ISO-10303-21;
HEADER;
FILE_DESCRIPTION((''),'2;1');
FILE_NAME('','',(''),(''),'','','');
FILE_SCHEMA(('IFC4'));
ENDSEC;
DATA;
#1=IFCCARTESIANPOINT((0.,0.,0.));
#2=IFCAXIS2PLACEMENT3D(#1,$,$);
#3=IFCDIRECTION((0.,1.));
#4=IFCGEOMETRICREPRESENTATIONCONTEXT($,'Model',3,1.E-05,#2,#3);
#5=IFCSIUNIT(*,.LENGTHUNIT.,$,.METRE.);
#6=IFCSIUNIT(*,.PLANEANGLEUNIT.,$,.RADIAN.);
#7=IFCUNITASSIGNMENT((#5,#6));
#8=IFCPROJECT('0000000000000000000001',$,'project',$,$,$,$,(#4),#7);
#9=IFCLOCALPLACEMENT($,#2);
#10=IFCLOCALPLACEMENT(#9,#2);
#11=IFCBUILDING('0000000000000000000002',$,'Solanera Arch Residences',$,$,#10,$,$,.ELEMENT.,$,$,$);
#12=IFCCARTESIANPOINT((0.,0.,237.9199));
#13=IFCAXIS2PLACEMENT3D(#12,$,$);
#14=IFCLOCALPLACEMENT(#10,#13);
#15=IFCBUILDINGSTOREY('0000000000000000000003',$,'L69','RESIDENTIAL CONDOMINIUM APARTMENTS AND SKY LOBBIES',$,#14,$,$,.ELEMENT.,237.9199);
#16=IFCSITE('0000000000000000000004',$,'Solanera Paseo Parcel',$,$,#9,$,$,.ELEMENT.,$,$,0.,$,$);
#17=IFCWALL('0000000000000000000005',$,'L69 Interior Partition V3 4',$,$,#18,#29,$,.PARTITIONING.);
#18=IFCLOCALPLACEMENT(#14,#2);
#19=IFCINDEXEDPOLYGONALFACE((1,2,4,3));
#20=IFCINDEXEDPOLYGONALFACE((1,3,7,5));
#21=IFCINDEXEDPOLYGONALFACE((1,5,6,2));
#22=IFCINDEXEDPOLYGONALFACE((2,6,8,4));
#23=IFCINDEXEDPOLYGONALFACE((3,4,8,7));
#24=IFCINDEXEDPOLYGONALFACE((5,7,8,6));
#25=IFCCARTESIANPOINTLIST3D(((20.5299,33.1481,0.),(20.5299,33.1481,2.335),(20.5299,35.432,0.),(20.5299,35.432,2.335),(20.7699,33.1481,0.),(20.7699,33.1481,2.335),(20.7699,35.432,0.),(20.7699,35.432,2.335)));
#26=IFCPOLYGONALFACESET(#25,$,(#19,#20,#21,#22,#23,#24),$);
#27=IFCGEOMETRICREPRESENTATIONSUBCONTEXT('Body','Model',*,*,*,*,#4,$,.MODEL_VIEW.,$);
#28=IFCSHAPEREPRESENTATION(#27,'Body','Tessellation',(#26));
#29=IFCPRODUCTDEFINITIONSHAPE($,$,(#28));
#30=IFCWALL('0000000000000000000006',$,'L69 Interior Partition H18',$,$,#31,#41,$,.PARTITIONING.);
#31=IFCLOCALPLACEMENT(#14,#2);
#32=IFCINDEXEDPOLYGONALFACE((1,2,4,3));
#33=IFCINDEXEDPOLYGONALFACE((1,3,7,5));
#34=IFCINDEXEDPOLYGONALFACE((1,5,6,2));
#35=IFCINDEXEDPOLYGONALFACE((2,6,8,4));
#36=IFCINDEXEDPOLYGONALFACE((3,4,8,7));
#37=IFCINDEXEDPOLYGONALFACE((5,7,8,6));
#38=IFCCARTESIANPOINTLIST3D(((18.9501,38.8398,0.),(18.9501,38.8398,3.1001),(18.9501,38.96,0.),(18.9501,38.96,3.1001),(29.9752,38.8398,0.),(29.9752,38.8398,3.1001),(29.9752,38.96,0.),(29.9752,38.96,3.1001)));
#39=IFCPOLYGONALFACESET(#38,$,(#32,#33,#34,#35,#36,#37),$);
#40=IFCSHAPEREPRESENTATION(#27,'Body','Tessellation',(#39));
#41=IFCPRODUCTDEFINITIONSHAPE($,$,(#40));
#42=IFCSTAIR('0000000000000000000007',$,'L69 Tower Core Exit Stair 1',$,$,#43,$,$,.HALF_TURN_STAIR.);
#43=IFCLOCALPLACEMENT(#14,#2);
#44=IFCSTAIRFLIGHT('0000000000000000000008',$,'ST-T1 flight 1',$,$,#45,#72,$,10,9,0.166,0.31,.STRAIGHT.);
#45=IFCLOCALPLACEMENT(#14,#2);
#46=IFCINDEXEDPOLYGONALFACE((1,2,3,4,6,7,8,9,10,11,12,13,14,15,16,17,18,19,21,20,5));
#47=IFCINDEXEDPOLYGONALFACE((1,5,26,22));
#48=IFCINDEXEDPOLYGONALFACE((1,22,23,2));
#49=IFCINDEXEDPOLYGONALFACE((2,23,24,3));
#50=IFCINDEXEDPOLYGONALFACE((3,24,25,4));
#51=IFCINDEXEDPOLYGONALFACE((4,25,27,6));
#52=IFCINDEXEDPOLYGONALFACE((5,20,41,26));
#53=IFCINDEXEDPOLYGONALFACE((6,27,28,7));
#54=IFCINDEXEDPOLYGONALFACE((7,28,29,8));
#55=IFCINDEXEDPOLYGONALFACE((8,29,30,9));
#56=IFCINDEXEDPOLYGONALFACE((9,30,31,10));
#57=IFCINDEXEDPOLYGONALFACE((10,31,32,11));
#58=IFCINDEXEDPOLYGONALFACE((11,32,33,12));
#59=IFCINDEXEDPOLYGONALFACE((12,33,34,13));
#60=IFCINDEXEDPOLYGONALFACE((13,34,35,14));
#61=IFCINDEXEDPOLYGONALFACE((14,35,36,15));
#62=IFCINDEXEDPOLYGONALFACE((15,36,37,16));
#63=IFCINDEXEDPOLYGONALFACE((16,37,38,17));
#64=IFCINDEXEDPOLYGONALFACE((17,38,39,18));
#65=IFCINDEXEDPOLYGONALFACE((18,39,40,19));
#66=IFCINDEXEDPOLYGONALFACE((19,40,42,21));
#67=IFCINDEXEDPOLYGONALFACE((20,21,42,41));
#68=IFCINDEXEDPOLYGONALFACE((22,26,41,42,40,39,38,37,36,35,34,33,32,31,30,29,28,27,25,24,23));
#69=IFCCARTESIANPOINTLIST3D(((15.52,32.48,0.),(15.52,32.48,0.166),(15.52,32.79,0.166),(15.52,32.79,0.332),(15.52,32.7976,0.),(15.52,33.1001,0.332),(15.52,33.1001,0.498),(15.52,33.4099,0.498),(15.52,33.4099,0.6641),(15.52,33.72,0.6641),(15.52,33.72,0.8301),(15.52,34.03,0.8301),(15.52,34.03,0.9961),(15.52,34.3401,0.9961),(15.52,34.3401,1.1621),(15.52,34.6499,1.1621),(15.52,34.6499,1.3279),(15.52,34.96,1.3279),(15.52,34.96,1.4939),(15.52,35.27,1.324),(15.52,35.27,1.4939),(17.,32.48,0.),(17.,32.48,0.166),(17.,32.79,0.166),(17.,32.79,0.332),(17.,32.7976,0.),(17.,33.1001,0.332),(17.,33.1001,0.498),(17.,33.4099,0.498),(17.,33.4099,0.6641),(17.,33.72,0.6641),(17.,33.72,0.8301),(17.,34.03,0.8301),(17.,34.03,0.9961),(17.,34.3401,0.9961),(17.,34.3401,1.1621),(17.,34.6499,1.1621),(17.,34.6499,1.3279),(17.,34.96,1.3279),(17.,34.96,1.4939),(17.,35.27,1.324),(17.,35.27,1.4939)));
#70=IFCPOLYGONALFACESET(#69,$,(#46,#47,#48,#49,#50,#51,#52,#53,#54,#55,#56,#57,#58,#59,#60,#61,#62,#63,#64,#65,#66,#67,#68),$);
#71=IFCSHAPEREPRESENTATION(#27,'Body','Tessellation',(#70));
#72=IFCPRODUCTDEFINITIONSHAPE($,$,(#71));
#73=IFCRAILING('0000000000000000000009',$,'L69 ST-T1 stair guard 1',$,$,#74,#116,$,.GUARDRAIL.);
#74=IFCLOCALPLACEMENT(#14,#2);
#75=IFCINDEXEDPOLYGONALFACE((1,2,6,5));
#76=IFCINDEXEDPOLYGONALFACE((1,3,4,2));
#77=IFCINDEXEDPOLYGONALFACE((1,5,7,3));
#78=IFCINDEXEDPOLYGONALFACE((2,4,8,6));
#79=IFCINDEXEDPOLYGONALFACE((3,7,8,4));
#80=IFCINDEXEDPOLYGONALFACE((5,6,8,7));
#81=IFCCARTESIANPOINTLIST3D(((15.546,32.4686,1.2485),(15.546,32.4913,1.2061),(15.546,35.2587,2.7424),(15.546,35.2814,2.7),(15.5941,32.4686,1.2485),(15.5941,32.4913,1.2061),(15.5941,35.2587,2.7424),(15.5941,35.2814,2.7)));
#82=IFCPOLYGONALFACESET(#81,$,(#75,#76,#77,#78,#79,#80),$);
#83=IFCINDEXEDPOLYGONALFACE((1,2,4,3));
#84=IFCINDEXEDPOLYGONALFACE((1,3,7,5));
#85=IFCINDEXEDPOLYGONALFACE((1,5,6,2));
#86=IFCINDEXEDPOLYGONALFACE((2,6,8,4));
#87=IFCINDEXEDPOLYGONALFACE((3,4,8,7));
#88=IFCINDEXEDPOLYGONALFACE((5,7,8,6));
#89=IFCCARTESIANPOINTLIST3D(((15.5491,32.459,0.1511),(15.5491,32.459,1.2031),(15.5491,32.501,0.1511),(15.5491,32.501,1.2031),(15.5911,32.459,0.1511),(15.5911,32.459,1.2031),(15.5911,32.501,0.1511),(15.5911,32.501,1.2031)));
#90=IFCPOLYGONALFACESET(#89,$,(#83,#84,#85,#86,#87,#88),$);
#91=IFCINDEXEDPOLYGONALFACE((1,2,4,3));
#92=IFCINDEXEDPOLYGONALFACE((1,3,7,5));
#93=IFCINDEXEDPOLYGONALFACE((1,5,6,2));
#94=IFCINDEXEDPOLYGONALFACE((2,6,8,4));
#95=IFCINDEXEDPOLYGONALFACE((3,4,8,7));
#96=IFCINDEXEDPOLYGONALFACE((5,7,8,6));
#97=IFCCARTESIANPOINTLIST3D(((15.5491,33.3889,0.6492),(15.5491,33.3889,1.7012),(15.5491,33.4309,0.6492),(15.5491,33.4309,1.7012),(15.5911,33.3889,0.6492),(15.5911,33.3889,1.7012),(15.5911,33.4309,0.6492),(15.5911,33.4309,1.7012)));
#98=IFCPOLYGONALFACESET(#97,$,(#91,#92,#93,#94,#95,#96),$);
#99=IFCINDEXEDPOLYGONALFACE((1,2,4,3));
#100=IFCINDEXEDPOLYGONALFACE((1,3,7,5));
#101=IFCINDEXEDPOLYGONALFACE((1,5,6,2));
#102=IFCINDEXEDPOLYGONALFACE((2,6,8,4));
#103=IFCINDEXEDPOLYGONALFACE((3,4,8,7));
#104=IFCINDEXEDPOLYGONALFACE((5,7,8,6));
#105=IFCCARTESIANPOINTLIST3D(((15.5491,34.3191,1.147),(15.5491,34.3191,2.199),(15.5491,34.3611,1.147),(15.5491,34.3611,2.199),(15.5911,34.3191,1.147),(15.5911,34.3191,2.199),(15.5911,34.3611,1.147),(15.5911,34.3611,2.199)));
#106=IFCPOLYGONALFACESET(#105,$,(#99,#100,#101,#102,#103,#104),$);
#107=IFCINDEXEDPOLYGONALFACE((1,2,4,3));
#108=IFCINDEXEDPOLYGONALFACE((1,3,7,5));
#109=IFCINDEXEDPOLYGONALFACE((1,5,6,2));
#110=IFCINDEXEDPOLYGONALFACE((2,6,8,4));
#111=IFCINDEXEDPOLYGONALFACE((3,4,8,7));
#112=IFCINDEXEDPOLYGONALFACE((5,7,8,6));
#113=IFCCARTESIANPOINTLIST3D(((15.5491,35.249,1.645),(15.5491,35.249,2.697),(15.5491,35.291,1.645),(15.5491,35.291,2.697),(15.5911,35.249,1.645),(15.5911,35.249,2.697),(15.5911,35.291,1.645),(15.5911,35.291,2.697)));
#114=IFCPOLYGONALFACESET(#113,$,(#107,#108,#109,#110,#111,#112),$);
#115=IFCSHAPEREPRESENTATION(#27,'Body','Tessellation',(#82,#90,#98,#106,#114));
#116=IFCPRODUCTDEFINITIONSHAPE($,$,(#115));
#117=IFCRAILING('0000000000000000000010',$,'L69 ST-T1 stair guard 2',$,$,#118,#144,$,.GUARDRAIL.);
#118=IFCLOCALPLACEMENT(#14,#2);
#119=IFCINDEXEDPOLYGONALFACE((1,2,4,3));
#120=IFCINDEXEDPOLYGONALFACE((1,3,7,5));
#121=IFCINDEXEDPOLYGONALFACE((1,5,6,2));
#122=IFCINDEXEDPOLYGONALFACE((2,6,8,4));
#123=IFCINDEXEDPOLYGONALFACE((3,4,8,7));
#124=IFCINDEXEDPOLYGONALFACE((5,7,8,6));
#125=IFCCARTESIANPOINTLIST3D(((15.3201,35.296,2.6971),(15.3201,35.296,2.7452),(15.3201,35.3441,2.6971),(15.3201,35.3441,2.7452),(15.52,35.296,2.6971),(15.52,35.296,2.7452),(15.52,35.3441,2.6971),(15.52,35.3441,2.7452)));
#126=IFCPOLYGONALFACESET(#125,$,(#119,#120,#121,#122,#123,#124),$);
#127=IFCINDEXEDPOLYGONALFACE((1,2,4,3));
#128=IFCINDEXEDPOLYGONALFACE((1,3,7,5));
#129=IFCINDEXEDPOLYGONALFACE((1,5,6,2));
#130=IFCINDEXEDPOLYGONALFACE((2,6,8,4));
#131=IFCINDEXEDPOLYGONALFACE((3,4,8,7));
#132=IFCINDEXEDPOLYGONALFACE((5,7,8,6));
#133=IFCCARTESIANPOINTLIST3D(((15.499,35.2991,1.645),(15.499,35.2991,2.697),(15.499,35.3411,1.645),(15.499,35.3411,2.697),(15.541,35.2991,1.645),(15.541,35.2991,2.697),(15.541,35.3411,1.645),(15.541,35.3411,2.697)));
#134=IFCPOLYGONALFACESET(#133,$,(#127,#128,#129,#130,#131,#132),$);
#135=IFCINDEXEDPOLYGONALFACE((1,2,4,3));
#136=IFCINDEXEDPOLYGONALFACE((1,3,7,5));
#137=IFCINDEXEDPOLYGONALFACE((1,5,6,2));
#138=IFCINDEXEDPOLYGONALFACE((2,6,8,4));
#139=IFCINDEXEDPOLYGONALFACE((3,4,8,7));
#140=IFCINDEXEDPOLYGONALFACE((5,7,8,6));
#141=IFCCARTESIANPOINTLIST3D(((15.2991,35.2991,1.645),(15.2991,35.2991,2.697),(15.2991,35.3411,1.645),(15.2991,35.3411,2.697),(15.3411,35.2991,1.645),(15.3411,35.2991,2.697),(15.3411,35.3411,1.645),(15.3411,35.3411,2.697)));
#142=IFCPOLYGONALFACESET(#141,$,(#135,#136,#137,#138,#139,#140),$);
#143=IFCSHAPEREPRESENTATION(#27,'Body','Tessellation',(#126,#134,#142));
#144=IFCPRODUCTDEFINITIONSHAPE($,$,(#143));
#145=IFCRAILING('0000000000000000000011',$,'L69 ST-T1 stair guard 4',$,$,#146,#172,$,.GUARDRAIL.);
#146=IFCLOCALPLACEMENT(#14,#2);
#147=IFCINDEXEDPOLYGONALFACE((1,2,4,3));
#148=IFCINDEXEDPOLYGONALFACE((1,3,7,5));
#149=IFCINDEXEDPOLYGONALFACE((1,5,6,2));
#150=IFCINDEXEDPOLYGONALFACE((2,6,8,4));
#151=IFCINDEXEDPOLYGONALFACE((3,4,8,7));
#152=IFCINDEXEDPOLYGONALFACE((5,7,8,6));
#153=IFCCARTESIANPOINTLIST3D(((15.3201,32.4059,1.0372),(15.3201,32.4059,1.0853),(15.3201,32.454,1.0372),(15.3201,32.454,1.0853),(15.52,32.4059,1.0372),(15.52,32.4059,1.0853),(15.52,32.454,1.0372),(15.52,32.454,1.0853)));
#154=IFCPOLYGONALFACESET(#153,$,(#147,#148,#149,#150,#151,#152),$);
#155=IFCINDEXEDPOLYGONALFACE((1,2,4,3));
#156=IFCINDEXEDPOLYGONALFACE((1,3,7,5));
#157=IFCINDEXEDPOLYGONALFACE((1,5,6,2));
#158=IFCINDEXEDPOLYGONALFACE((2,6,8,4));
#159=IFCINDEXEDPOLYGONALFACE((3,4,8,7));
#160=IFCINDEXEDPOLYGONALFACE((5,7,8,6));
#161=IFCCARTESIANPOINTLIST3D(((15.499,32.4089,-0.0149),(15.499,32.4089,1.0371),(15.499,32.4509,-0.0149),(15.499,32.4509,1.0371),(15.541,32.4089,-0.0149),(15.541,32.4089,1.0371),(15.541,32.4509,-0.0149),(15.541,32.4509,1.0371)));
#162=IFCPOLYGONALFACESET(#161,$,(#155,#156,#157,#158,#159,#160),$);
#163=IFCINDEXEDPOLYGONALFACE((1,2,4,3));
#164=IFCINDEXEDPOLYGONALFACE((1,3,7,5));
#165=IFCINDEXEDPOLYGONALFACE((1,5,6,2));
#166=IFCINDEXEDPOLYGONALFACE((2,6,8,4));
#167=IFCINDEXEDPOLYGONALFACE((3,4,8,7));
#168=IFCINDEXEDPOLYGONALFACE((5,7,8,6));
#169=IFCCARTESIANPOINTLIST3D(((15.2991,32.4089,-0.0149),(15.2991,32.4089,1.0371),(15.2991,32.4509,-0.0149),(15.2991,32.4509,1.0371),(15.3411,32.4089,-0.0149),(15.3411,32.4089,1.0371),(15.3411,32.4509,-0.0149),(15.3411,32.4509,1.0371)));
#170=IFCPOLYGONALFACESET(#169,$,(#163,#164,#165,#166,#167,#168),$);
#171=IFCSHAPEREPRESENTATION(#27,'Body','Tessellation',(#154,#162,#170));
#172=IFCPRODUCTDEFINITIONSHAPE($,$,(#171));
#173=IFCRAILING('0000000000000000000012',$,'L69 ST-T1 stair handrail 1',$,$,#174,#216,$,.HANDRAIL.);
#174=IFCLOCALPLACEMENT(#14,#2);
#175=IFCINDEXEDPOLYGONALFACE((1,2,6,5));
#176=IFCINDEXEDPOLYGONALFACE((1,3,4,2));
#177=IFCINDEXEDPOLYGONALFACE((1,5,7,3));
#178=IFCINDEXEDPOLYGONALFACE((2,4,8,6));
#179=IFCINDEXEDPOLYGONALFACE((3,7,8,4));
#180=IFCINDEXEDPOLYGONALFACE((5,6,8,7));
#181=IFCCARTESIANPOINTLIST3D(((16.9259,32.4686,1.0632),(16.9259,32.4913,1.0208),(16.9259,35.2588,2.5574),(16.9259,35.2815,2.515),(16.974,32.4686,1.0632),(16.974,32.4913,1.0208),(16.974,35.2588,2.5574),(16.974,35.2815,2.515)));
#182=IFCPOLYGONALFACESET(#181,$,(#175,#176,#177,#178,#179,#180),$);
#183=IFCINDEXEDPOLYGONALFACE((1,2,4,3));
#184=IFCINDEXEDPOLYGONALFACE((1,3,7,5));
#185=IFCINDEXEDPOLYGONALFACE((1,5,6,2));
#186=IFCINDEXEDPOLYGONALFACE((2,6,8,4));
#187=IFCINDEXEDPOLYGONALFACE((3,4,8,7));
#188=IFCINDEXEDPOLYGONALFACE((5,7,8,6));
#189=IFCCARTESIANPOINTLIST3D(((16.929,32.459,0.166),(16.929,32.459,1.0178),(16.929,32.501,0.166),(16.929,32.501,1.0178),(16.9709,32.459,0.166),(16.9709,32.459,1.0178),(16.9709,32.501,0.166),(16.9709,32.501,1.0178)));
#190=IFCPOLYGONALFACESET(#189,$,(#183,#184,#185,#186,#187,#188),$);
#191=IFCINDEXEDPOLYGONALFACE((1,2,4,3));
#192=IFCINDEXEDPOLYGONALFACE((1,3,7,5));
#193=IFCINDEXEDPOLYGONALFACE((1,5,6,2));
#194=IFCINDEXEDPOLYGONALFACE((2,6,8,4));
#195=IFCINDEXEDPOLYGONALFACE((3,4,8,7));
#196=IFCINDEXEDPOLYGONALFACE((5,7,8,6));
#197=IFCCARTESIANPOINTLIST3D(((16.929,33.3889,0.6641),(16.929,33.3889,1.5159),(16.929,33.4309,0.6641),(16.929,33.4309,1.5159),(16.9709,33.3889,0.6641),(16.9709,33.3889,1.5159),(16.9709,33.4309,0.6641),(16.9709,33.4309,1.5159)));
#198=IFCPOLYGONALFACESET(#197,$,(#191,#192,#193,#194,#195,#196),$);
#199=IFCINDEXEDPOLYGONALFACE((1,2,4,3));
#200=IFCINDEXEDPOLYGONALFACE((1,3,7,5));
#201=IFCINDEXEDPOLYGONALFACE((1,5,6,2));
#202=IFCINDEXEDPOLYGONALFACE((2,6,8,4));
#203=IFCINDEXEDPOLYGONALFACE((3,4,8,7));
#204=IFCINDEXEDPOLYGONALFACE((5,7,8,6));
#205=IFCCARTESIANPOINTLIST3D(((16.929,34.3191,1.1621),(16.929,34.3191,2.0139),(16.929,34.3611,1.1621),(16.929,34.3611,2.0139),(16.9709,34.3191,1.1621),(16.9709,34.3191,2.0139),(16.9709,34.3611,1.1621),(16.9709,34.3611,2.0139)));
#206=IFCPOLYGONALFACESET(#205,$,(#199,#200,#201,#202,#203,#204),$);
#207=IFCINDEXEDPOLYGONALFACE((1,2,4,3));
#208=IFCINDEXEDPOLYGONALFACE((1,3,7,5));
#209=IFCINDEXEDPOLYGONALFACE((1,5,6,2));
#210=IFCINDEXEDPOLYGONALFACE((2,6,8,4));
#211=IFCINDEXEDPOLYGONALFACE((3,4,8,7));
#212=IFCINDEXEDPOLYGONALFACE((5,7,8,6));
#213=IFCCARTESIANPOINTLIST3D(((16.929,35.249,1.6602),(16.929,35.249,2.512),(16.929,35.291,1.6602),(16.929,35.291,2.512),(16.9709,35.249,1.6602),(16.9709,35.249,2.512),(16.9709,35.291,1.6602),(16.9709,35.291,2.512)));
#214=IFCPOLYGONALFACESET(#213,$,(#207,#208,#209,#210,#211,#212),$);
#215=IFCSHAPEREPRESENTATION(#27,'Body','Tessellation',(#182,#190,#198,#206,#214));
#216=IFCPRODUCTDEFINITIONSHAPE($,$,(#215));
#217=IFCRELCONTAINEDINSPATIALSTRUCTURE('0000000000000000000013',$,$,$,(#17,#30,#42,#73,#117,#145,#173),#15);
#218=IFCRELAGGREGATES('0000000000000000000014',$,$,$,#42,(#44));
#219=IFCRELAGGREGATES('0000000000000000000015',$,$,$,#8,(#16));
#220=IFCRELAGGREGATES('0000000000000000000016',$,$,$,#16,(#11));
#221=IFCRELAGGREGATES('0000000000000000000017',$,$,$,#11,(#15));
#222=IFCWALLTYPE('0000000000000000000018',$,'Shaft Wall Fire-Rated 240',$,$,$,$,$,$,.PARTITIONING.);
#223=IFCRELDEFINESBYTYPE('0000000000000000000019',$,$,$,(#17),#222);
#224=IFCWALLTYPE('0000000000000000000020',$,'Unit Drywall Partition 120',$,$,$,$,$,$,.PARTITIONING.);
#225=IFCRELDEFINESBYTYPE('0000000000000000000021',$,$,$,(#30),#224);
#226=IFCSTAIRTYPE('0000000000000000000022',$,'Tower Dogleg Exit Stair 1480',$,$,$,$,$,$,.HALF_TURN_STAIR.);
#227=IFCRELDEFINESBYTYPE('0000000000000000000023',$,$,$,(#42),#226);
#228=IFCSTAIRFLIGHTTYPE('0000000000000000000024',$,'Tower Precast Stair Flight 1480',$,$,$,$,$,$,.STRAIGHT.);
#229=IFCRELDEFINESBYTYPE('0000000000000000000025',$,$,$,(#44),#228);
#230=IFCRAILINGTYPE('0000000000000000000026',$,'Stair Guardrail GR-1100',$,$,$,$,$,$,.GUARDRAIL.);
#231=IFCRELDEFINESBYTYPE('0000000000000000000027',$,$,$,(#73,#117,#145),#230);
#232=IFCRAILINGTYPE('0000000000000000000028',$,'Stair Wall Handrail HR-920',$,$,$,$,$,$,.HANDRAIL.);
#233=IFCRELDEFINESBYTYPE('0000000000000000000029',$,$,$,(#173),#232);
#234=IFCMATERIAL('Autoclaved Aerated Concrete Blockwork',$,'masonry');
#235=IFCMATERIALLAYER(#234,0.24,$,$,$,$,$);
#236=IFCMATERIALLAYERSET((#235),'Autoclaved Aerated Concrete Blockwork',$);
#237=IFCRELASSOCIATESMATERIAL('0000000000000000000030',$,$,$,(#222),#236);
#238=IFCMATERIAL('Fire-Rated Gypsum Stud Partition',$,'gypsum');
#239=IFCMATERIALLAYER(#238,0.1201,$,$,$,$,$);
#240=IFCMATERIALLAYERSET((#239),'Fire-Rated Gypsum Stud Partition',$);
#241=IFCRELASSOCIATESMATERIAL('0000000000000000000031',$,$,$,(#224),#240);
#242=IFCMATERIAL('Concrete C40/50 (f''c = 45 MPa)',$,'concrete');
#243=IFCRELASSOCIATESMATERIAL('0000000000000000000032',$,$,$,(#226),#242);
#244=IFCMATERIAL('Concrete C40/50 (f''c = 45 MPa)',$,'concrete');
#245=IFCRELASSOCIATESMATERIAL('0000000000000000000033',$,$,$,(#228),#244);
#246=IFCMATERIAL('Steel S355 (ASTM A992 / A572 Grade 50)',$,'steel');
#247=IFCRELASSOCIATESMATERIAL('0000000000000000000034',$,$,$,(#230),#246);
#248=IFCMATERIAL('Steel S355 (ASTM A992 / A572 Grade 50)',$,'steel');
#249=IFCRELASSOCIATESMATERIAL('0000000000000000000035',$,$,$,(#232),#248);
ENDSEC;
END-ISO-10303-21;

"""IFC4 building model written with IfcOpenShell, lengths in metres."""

from ifc_helpers import new_model, si_unit, direction, frame, frame_2d, origin, origin_2d, place, context, subcontext, project, spatial, polyline, rectangle, outline, extrude, material, layer, layer_set, type_object, element, aggregate, save


model = new_model("IFC4")

# Units and contexts
model_context = context("Model", 3, precision=1e-05, world=origin(), true_north=direction((0.0, 1.0)))
body_context = subcontext(model_context, "Body", "Model", "MODEL_VIEW")
ifc_project = project(units=[si_unit("LENGTHUNIT", "METRE"), si_unit("PLANEANGLEUNIT", "RADIAN")], contexts=[model_context])

# Site, building, storey
site_placement = place(None, origin())
site = spatial("IfcSite", under=ifc_project, at=site_placement, Name="Solanera Paseo Parcel", CompositionType="ELEMENT", RefElevation=0.0)
building_placement = place(site_placement, origin())
building = spatial("IfcBuilding", under=site, at=building_placement, Name="Solanera Arch Residences", CompositionType="ELEMENT")
storey_placement = place(building_placement, frame((0.0, 0.0, 237.9199)))
storey = spatial("IfcBuildingStorey", under=building, at=storey_placement, Name="L69", Description="RESIDENTIAL CONDOMINIUM APARTMENTS AND SKY LOBBIES", CompositionType="ELEMENT", Elevation=237.9199)

# Shared definitions
ifc_material_1 = material(Name="Autoclaved Aerated Concrete Blockwork", Category="masonry")
ifc_layer_1 = layer(ifc_material_1, 0.24)
ifc_layer_set_1 = layer_set([ifc_layer_1], Name="Autoclaved Aerated Concrete Blockwork")
wall_type_1 = type_object("IfcWallType", Name="Shaft Wall Fire-Rated 240", PredefinedType="PARTITIONING", material=ifc_layer_set_1)

# Walls
wall_1_placement = place(storey_placement, frame((20.6499, 33.1479, 0.0), z_axis=(0.0, 0.0, 1.0), x_axis=(0.0, 1.0, 0.0)))
element("IfcWall", 1, at=wall_1_placement, inside=storey, type_object=wall_type_1, Name="L69 Interior Partition V3 4", PredefinedType="PARTITIONING", context=body_context, shape_type="SweptSolid", body=[
    extrude(rectangle(XDim=2.2839, YDim=0.24, at=frame_2d((1.1421, 0.0))), origin(), (0.0, 0.0, 1.0), 2.335),
])
ifc_material_2 = material(Name="Fire-Rated Gypsum Stud Partition", Category="gypsum")
ifc_layer_2 = layer(ifc_material_2, 0.1201)
ifc_layer_set_2 = layer_set([ifc_layer_2], Name="Fire-Rated Gypsum Stud Partition")
wall_type_2 = type_object("IfcWallType", Name="Unit Drywall Partition 120", PredefinedType="PARTITIONING", material=ifc_layer_set_2)
wall_2_placement = place(storey_placement, frame((18.95, 38.8999, 0.0), z_axis=(0.0, 0.0, 1.0), x_axis=(1.0, 0.0, 0.0)))
element("IfcWall", 2, at=wall_2_placement, inside=storey, type_object=wall_type_2, Name="L69 Interior Partition H18", PredefinedType="PARTITIONING", context=body_context, shape_type="SweptSolid", body=[
    extrude(rectangle(XDim=11.0251, YDim=0.1201, at=frame_2d((5.5127, 0.0))), origin(), (0.0, 0.0, 1.0), 3.1001),
])

# Stair, stair flight
ifc_material_3 = material(Name="Concrete C40/50 (f'c = 45 MPa)", Category="concrete")
stair_type = type_object("IfcStairType", Name="Tower Dogleg Exit Stair 1480", PredefinedType="HALF_TURN_STAIR", material=ifc_material_3)
stair_placement = place(storey_placement, origin())
stair = element("IfcStair", 3, at=stair_placement, inside=storey, type_object=stair_type, Name="L69 Tower Core Exit Stair 1", PredefinedType="HALF_TURN_STAIR")
ifc_material_4 = material(Name="Concrete C40/50 (f'c = 45 MPa)", Category="concrete")
stair_flight_type = type_object("IfcStairFlightType", Name="Tower Precast Stair Flight 1480", PredefinedType="STRAIGHT", material=ifc_material_4)
stair_flight_placement = place(storey_placement, frame((16.26, 32.48, 0.0), z_axis=(0.0, 0.0, 1.0), x_axis=(0.0, 1.0, 0.0)))
stair_flight = element("IfcStairFlight", 4, at=stair_flight_placement, type_object=stair_flight_type, Name="ST-T1 flight 1", NumberOfRisers=10, NumberOfTreads=9, PredefinedType="STRAIGHT", RiserHeight=0.166, TreadLength=0.31, context=body_context, shape_type="SweptSolid", body=[
    extrude(outline(polyline([(0.0, 0.0), (0.0, 0.166), (0.3101, 0.166), (0.3101, 0.332), (0.6201, 0.332), (0.6201, 0.498), (0.9299, 0.498), (0.9299, 0.6641), (1.24, 0.6641), (1.24, 0.8301), (1.55, 0.8301), (1.55, 0.9961), (1.8601, 0.9961), (1.8601, 1.1621), (2.1699, 1.1621), (2.1699, 1.3279), (2.48, 1.3279), (2.48, 1.4939), (2.79, 1.4939), (2.79, 1.6599), (2.79, 1.324), (0.3176, 0.0), (0.0, 0.0)])), frame((0.0, 0.74, 0.0), z_axis=(0.0, -1.0, 0.0), x_axis=(1.0, 0.0, 0.0)), (0.0, 0.0, 1.0), 1.48),
])
aggregate(stair, [stair_flight])

# Railings
ifc_material_5 = material(Name="Steel S355 (ASTM A992 / A572 Grade 50)", Category="steel")
railing_type_1 = type_object("IfcRailingType", Name="Stair Guardrail GR-1100", PredefinedType="GUARDRAIL", material=ifc_material_5)
railing_1_placement = place(storey_placement, frame((15.5701, 32.48, 0.1511)))
element("IfcRailing", 5, at=railing_1_placement, inside=storey, type_object=railing_type_1, Name="L69 ST-T1 stair guard 1", PredefinedType="GUARDRAIL", context=body_context, shape_type="SweptSolid", body=[
    extrude(rectangle(XDim=0.0481, YDim=0.0481, at=origin_2d()), frame((0.0, 0.0, 1.0762), z_axis=(0.0, 0.881581, 0.472033), x_axis=(-1.0, 0.0, 0.0)), (0.0, 0.0, 1.0), 3.1648),
    extrude(rectangle(XDim=0.042, YDim=0.042, at=origin_2d()), origin(), (0.0, 0.0, 1.0), 1.052),
    extrude(rectangle(XDim=0.042, YDim=0.042, at=origin_2d()), frame((0.0, 0.9299, 0.498)), (0.0, 0.0, 1.0), 1.052),
    extrude(rectangle(XDim=0.042, YDim=0.042, at=origin_2d()), frame((0.0, 1.8601, 0.9958)), (0.0, 0.0, 1.0), 1.052),
    extrude(rectangle(XDim=0.042, YDim=0.042, at=origin_2d()), frame((0.0, 2.79, 1.4939)), (0.0, 0.0, 1.0), 1.052),
])
for number, where, name in (
    (6, (15.52, 35.3201, 1.645), "L69 ST-T1 stair guard 2"),
    (7, (15.52, 32.4299, -0.0149), "L69 ST-T1 stair guard 4"),
):
    element("IfcRailing", number, at=place(storey_placement, frame(where)), inside=storey, type_object=railing_type_1, Name=name, PredefinedType="GUARDRAIL", context=body_context, shape_type="SweptSolid", body=[
        extrude(rectangle(XDim=0.0481, YDim=0.0481, at=origin_2d()), frame((0.0, 0.0, 1.0762), z_axis=(-1.0, 0.0, 0.0), x_axis=(0.0, -1.0, 0.0)), (0.0, 0.0, 1.0), 0.2),
        extrude(rectangle(XDim=0.042, YDim=0.042, at=origin_2d()), origin(), (0.0, 0.0, 1.0), 1.052),
        extrude(rectangle(XDim=0.042, YDim=0.042, at=origin_2d()), frame((-0.2, 0.0, 0.0)), (0.0, 0.0, 1.0), 1.052),
    ])
ifc_material_6 = material(Name="Steel S355 (ASTM A992 / A572 Grade 50)", Category="steel")
railing_type_2 = type_object("IfcRailingType", Name="Stair Wall Handrail HR-920", PredefinedType="HANDRAIL", material=ifc_material_6)
railing_2_placement = place(storey_placement, frame((16.95, 32.48, 0.166)))
element("IfcRailing", 8, at=railing_2_placement, inside=storey, type_object=railing_type_2, Name="L69 ST-T1 stair handrail 1", PredefinedType="HANDRAIL", context=body_context, shape_type="SweptSolid", body=[
    extrude(rectangle(XDim=0.0481, YDim=0.0481, at=origin_2d()), frame((0.0, 0.0, 0.876), z_axis=(0.0, 0.881549, 0.472093), x_axis=(-1.0, 0.0, 0.0)), (0.0, 0.0, 1.0), 3.165),
    extrude(rectangle(XDim=0.042, YDim=0.042, at=origin_2d()), origin(), (0.0, 0.0, 1.0), 0.8518),
    extrude(rectangle(XDim=0.042, YDim=0.042, at=origin_2d()), frame((0.0, 0.9299, 0.498)), (0.0, 0.0, 1.0), 0.8518),
    extrude(rectangle(XDim=0.042, YDim=0.042, at=origin_2d()), frame((0.0, 1.8601, 0.9961)), (0.0, 0.0, 1.0), 0.8518),
    extrude(rectangle(XDim=0.042, YDim=0.042, at=origin_2d()), frame((0.0, 2.79, 1.4941)), (0.0, 0.0, 1.0), 0.8518),
])

save(model, "model.ifc")
